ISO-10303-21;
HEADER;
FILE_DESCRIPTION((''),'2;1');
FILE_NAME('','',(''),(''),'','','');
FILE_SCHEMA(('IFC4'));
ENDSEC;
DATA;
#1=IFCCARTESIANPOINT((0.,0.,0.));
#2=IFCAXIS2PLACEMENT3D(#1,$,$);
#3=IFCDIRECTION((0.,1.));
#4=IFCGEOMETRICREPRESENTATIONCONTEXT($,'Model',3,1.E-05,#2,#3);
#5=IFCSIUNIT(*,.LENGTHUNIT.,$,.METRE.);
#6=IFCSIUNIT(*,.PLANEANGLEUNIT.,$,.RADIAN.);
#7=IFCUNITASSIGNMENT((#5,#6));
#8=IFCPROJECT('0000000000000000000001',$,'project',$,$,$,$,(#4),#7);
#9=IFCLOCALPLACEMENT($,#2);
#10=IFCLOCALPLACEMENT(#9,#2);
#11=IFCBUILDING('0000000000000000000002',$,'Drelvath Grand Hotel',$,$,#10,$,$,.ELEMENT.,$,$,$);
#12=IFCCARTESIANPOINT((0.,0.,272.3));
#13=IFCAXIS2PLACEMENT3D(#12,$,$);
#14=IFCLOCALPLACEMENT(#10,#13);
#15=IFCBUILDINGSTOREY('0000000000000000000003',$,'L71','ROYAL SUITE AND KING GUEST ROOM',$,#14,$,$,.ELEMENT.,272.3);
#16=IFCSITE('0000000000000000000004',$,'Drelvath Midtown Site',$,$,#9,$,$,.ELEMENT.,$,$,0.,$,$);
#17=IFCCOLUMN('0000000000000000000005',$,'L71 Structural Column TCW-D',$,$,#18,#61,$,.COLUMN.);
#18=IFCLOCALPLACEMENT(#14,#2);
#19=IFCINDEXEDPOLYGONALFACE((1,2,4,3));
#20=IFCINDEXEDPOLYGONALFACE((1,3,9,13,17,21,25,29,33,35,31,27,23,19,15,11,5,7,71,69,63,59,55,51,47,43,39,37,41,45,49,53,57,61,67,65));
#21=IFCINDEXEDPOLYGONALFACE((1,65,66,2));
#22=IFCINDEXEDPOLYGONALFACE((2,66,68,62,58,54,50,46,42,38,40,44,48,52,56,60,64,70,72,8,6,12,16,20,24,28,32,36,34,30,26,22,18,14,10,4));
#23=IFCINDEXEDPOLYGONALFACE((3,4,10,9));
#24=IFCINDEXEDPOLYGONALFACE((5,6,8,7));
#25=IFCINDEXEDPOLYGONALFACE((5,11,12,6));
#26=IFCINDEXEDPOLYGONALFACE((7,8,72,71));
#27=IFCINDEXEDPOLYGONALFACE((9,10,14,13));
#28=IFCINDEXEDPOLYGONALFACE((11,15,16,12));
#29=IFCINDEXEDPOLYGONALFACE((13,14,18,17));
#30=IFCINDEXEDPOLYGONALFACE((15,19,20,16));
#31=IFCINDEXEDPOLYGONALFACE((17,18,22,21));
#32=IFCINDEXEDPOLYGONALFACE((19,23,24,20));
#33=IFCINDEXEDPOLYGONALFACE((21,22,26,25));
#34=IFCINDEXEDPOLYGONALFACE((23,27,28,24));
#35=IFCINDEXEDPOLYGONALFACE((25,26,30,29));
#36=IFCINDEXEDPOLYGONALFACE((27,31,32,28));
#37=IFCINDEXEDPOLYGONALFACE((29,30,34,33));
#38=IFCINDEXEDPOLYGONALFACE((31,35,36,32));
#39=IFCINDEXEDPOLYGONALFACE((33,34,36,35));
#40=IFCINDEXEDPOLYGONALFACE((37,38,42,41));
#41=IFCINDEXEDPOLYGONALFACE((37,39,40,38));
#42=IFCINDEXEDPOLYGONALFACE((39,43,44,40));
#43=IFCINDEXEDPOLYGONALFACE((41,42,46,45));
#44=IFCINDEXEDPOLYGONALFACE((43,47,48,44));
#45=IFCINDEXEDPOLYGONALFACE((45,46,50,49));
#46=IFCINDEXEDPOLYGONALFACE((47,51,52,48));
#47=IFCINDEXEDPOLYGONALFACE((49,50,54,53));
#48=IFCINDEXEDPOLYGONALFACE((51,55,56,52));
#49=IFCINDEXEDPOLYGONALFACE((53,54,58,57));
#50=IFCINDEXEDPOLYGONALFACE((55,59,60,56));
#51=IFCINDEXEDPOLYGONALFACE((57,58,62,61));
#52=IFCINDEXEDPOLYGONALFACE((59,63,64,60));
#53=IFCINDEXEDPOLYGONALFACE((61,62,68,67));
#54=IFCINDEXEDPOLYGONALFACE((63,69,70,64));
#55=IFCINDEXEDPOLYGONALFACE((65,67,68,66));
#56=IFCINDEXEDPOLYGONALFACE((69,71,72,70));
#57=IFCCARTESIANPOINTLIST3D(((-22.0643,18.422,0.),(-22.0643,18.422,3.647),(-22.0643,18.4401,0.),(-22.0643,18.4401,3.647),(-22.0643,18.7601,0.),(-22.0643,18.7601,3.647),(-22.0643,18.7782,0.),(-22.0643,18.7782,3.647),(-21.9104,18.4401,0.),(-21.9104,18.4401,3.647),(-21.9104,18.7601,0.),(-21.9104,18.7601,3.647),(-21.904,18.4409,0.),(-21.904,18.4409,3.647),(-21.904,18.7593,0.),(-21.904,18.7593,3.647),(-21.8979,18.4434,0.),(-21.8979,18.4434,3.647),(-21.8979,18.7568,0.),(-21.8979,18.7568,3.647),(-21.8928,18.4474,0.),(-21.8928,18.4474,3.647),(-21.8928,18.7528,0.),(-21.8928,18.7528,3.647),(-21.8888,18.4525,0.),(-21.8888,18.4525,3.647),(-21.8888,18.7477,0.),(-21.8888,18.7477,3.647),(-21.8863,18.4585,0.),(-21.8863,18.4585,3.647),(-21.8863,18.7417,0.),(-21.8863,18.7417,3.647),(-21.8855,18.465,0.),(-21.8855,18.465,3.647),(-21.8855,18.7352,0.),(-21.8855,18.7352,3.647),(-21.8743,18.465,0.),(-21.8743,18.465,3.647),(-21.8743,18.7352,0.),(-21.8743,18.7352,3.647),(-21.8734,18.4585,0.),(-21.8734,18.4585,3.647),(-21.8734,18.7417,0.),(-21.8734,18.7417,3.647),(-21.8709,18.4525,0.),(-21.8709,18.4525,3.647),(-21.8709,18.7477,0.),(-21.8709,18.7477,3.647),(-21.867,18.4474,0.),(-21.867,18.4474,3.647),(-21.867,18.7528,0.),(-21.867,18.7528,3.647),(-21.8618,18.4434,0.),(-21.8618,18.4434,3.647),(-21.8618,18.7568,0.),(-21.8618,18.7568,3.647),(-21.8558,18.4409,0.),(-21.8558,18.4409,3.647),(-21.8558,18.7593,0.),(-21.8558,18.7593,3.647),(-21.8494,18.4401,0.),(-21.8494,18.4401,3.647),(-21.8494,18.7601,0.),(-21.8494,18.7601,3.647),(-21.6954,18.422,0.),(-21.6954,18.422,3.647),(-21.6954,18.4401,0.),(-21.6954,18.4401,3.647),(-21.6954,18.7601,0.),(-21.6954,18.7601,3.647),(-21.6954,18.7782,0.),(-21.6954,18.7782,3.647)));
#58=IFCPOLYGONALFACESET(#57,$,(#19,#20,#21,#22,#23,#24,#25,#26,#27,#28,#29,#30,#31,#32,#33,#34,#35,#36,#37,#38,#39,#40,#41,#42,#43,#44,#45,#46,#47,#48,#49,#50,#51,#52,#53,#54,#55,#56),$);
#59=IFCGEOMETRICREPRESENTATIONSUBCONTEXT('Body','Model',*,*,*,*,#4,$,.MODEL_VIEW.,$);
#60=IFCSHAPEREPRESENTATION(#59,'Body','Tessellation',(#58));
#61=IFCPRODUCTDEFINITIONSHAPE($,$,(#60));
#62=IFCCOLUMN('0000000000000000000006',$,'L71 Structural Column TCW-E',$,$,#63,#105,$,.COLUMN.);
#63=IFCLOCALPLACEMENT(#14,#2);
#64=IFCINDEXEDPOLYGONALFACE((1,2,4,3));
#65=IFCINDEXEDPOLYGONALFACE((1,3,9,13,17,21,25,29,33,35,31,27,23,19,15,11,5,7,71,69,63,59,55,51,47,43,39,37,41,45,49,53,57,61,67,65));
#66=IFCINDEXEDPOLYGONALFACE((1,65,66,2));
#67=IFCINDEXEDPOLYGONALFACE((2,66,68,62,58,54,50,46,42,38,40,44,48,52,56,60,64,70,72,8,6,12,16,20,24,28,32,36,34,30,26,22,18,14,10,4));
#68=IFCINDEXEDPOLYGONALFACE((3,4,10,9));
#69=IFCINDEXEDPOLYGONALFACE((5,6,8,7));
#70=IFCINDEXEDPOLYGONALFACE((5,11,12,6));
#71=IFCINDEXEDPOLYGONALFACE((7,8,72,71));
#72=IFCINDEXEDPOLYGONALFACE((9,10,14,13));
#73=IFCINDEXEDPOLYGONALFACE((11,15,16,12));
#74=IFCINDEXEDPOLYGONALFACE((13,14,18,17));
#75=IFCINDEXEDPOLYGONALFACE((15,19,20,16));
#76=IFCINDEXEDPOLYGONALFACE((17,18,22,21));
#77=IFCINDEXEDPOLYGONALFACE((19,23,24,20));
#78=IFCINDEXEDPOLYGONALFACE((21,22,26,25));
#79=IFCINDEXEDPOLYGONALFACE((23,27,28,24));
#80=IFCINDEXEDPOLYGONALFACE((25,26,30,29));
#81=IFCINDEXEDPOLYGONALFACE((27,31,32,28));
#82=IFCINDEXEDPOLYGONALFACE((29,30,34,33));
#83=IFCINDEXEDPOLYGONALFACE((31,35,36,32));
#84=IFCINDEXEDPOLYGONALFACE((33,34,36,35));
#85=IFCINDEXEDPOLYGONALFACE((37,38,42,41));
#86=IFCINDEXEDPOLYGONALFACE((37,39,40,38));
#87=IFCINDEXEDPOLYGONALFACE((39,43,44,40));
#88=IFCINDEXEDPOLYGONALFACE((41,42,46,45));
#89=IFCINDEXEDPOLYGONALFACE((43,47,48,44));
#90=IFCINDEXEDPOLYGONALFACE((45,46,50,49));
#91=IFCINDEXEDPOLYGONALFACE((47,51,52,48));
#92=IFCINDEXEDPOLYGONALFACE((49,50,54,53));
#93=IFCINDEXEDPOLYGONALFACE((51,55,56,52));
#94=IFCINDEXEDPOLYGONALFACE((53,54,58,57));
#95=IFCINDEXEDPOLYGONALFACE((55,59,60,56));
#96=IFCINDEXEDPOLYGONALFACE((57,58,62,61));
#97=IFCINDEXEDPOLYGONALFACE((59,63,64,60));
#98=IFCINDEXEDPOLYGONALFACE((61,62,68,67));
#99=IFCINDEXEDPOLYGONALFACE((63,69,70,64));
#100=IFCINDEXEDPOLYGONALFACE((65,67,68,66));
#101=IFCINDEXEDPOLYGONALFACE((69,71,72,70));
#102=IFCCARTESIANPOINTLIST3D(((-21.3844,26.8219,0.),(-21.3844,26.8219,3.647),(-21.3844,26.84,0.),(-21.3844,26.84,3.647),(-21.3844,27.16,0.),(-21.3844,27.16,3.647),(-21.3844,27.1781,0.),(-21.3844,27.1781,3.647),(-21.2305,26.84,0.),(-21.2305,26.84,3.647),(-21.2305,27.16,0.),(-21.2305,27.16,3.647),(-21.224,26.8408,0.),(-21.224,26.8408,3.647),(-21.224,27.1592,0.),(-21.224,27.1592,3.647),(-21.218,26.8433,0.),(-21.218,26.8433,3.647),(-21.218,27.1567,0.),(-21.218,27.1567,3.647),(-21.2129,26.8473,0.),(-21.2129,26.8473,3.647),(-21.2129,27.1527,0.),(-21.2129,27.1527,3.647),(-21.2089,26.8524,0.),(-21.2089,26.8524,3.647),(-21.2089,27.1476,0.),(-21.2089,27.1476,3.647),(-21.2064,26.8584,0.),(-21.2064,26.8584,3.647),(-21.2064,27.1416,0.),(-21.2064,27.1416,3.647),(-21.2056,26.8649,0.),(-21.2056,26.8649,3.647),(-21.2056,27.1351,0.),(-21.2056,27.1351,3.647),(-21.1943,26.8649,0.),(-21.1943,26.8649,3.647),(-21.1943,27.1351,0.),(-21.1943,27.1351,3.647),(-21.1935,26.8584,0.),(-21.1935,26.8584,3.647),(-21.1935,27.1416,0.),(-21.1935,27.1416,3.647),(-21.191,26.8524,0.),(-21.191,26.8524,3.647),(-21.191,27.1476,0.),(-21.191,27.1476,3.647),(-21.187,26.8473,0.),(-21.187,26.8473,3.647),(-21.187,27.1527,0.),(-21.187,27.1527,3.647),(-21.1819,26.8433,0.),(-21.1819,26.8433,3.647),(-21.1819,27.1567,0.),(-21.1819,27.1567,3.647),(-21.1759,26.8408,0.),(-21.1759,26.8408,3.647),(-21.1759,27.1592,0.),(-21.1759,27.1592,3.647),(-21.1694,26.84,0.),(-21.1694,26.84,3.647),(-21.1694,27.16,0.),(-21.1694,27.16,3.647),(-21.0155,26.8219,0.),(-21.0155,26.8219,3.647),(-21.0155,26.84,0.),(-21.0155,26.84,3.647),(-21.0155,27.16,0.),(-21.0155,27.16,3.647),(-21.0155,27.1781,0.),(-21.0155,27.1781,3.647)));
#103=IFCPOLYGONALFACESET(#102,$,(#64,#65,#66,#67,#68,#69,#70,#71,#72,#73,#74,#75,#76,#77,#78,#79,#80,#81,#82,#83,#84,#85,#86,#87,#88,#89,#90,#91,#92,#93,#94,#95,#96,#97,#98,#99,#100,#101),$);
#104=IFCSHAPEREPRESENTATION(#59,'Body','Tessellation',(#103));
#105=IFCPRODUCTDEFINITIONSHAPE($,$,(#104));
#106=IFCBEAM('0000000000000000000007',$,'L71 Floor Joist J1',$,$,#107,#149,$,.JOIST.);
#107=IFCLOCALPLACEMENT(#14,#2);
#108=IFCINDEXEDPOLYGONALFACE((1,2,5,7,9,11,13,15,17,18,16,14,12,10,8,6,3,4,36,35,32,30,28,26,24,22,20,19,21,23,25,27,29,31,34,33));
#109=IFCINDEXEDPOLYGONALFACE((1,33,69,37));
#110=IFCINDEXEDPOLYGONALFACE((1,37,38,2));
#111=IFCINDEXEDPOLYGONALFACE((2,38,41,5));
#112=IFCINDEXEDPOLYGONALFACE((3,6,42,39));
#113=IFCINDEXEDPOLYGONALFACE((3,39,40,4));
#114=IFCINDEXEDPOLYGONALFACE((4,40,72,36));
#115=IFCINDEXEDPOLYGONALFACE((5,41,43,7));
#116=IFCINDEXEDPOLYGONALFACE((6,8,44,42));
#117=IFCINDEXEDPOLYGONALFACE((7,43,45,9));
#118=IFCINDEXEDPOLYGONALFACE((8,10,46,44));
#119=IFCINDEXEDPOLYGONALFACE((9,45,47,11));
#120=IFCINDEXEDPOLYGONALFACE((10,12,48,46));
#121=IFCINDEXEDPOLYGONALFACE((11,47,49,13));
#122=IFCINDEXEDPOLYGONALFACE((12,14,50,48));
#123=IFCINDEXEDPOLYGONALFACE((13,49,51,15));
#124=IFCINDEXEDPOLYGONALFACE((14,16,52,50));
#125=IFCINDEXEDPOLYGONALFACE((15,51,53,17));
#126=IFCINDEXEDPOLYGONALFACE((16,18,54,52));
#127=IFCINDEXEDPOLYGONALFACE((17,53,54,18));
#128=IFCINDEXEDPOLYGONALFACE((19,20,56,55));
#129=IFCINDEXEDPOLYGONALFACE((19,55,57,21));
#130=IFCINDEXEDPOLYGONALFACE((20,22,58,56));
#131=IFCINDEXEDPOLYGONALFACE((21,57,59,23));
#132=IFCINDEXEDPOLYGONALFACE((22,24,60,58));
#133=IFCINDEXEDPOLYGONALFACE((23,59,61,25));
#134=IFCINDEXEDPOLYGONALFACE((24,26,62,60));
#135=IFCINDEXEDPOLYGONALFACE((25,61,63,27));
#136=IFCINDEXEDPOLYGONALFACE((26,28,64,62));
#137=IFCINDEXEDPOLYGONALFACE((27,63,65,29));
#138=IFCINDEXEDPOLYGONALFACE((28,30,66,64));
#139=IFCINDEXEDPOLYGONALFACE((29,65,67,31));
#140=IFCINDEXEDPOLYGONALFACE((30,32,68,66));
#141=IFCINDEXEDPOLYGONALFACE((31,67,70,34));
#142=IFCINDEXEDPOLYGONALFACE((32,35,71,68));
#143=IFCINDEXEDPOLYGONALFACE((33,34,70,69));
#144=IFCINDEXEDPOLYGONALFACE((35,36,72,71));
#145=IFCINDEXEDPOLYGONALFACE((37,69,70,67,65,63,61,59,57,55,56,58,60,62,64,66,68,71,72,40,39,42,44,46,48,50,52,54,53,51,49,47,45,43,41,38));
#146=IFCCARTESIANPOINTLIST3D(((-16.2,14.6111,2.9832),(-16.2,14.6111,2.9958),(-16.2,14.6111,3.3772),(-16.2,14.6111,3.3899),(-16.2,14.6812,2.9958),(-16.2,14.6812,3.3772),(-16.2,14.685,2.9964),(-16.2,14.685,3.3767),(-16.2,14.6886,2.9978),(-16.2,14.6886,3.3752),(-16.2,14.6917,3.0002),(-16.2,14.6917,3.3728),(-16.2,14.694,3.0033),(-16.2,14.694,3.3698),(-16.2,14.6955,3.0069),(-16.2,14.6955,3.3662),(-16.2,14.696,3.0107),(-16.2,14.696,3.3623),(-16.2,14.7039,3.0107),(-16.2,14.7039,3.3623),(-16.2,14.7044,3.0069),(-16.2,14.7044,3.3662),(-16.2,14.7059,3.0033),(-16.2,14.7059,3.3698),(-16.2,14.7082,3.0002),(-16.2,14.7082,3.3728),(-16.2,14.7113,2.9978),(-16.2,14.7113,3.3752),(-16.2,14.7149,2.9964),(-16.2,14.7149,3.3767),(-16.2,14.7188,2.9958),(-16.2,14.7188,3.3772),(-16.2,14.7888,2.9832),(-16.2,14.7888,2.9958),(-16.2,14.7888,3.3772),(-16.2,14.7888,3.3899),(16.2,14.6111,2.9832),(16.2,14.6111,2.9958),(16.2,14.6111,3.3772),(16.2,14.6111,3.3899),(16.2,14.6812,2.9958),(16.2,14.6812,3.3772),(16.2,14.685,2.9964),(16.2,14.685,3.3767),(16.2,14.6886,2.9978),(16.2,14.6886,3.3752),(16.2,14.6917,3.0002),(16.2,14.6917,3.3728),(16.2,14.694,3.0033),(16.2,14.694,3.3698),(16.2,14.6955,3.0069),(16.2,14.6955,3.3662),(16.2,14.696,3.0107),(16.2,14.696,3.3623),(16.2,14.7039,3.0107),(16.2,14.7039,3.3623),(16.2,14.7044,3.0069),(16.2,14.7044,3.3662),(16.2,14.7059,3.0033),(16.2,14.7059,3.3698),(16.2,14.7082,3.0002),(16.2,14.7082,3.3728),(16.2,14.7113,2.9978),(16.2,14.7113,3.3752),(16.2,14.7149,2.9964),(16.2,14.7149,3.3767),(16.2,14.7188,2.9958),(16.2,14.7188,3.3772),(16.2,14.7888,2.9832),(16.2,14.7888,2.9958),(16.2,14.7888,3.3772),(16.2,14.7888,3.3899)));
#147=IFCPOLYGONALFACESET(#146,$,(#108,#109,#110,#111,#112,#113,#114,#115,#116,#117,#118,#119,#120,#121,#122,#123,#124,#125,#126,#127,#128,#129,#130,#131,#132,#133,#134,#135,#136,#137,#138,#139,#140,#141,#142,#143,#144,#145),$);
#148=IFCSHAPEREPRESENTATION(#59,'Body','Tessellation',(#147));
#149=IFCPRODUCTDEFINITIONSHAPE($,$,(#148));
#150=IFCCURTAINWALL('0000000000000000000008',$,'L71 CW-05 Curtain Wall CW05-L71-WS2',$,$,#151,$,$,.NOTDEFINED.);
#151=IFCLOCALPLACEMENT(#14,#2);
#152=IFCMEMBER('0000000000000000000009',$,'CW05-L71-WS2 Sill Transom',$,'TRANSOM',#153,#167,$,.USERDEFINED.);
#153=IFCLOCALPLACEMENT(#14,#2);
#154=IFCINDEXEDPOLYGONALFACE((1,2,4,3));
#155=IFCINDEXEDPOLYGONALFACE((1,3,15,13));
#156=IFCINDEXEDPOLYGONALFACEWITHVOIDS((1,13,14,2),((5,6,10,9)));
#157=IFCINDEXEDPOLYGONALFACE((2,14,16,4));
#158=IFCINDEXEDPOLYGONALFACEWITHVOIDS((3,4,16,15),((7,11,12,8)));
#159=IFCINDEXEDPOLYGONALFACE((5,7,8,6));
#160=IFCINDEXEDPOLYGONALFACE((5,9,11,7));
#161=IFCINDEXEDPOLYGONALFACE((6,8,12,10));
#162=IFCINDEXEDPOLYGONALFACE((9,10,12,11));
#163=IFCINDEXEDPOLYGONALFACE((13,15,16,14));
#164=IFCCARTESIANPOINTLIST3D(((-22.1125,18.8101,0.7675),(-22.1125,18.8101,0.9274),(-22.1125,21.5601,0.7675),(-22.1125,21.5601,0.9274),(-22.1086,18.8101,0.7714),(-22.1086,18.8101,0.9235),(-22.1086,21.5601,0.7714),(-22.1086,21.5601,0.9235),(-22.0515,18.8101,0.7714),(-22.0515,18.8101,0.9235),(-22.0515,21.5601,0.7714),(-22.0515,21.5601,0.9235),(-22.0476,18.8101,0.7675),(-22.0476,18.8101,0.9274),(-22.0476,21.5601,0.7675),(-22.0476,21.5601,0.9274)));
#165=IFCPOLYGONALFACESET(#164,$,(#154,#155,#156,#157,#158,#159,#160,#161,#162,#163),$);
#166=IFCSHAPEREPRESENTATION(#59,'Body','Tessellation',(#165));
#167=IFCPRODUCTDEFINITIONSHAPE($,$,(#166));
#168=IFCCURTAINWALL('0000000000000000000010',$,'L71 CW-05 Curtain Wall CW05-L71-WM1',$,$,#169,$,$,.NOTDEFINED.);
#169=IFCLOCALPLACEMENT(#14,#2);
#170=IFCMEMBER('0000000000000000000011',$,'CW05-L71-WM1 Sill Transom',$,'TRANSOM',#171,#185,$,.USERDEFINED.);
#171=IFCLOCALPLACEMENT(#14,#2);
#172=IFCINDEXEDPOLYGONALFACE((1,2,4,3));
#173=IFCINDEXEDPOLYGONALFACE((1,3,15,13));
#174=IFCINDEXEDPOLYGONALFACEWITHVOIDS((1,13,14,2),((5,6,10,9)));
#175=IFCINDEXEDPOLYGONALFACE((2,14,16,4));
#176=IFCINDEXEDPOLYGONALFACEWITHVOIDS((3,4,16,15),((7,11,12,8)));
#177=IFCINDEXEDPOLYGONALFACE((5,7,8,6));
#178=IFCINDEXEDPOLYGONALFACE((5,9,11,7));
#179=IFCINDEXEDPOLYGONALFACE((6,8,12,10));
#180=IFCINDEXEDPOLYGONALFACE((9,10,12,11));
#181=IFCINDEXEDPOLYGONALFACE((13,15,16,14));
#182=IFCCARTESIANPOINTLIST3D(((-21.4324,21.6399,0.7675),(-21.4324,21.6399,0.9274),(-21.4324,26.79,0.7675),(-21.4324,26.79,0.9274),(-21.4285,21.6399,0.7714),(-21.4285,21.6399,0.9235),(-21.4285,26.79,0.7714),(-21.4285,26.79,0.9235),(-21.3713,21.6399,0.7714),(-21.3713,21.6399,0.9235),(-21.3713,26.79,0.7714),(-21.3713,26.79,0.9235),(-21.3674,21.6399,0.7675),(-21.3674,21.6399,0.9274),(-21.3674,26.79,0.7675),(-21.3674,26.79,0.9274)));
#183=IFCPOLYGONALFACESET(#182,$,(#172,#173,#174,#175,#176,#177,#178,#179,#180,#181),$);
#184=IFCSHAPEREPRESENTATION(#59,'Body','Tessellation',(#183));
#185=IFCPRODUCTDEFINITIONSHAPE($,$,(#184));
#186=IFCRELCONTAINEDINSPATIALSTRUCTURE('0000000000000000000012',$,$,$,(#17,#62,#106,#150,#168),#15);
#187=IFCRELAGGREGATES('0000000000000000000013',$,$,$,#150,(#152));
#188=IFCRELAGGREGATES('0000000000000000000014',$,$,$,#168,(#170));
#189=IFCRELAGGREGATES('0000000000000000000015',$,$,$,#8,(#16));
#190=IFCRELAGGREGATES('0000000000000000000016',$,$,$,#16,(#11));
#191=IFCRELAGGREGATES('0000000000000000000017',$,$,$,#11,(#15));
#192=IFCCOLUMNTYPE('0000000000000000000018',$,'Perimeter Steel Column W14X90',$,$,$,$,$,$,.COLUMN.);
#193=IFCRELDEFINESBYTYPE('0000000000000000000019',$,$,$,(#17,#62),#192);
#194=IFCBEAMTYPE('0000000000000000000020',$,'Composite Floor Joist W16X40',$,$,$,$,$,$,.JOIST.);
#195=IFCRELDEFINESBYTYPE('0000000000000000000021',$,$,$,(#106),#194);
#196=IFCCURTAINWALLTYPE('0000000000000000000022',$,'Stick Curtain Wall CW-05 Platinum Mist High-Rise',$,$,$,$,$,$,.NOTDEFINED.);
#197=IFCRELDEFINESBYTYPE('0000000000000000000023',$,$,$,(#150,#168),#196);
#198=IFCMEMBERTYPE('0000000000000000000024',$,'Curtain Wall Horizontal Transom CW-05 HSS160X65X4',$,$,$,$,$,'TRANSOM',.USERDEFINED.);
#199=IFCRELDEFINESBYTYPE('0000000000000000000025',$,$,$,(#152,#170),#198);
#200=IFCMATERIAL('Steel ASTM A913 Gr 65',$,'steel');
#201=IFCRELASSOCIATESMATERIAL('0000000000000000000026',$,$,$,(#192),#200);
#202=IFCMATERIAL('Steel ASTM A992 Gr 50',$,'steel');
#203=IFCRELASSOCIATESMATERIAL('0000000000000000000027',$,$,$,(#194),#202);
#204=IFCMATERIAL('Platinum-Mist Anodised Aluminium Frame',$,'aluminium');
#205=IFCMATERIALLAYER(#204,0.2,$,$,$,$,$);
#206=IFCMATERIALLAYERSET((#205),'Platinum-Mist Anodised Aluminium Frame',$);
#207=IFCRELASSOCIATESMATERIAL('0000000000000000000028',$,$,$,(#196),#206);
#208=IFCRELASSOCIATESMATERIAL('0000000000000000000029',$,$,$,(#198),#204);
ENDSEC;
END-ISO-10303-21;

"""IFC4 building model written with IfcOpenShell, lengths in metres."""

from ifc_helpers import new_model, si_unit, direction, frame, origin, origin_2d, place, context, subcontext, project, spatial, hollow_rectangle, i_section, extrude, material, layer, layer_set, material_profile, profile_set, type_object, element, aggregate, save


model = new_model("IFC4")

# Units and contexts
model_context = context("Model", 3, precision=1e-05, world=origin(), true_north=direction((0.0, 1.0)))
body_context = subcontext(model_context, "Body", "Model", "MODEL_VIEW")
ifc_project = project(units=[si_unit("LENGTHUNIT", "METRE"), si_unit("PLANEANGLEUNIT", "RADIAN")], contexts=[model_context])

# Site, building, storey
site_placement = place(None, origin())
site = spatial("IfcSite", under=ifc_project, at=site_placement, Name="Drelvath Midtown Site", CompositionType="ELEMENT", RefElevation=0.0)
building_placement = place(site_placement, origin())
building = spatial("IfcBuilding", under=site, at=building_placement, Name="Drelvath Grand Hotel", CompositionType="ELEMENT")
storey_placement = place(building_placement, frame((0.0, 0.0, 272.3)))
storey = spatial("IfcBuildingStorey", under=building, at=storey_placement, Name="L71", Description="ROYAL SUITE AND KING GUEST ROOM", CompositionType="ELEMENT", Elevation=272.3)

# Columns
ifc_material_1 = material(Name="Steel ASTM A913 Gr 65", Category="steel")
ifc_material_profile_1 = material_profile(ifc_material_1, i_section(OverallWidth=0.3689, OverallDepth=0.3562, WebThickness=0.0112, FlangeThickness=0.0181, FilletRadius=0.0249, at=origin_2d()), Name="W14X90")
ifc_profile_set_1 = profile_set([ifc_material_profile_1], Name="Steel ASTM A913 Gr 65")
column_type = type_object("IfcColumnType", Name="Perimeter Steel Column W14X90", PredefinedType="COLUMN", material=ifc_profile_set_1)
for number, where, z_axis, x_axis, name in (
    (1, (-21.8799, 18.6001, 0.0), (0.0, 0.0, 1.0), (1.0, 0.0, 0.0), "L71 Structural Column TCW-D"),
    (2, (-21.2, 27.0, 0.0), (0.0, 0.0, 1.0), (1.0, 0.0, 0.0), "L71 Structural Column TCW-E"),
):
    element("IfcColumn", number, at=place(storey_placement, frame(where, z_axis=z_axis, x_axis=x_axis)), inside=storey, type_object=column_type, Name=name, PredefinedType="COLUMN", context=body_context, shape_type="SweptSolid", body=[
        extrude(i_section(OverallWidth=0.3689, OverallDepth=0.3562, WebThickness=0.0112, FlangeThickness=0.0181, FilletRadius=0.0249, at=origin_2d()), origin(), (0.0, 0.0, 1.0), 3.647),
    ])

# Beam
ifc_material_2 = material(Name="Steel ASTM A992 Gr 50", Category="steel")
ifc_material_profile_2 = material_profile(ifc_material_2, i_section(OverallWidth=0.1777, OverallDepth=0.4067, WebThickness=0.0078, FlangeThickness=0.0127, FilletRadius=0.0149, at=origin_2d()), Name="W16X40")
ifc_profile_set_2 = profile_set([ifc_material_profile_2], Name="Steel ASTM A992 Gr 50")
beam_type_1 = type_object("IfcBeamType", Name="Composite Floor Joist W16X40", PredefinedType="JOIST", material=ifc_profile_set_2)
beam_1_placement = place(storey_placement, frame((-16.2, 14.7, 3.1865), z_axis=(1.0, 0.0, 0.0), x_axis=(0.0, 1.0, 0.0)))
element("IfcBeam", 3, at=beam_1_placement, inside=storey, type_object=beam_type_1, Name="L71 Floor Joist J1", PredefinedType="JOIST", context=body_context, shape_type="SweptSolid", body=[
    extrude(i_section(OverallWidth=0.1777, OverallDepth=0.4067, WebThickness=0.0078, FlangeThickness=0.0127, FilletRadius=0.0149, at=origin_2d()), origin(), (0.0, 0.0, 1.0), 32.3999),
])

# Curtain walls, members
ifc_material_3 = material(Name="Platinum-Mist Anodised Aluminium Frame", Category="aluminium")
ifc_layer_1 = layer(ifc_material_3, 0.2)
ifc_layer_set_1 = layer_set([ifc_layer_1], Name="Platinum-Mist Anodised Aluminium Frame")
curtain_wall_type = type_object("IfcCurtainWallType", Name="Stick Curtain Wall CW-05 Platinum Mist High-Rise", PredefinedType="NOTDEFINED", material=ifc_layer_set_1)
curtain_wall_1_placement = place(storey_placement, origin())
curtain_wall_1 = element("IfcCurtainWall", 4, at=curtain_wall_1_placement, inside=storey, type_object=curtain_wall_type, Name="L71 CW-05 Curtain Wall CW05-L71-WS2", PredefinedType="NOTDEFINED")
ifc_material_profile_3 = material_profile(ifc_material_3, hollow_rectangle(XDim=0.0649, YDim=0.1599, WallThickness=0.0039, at=origin_2d()), Name="HSS160X65X4")
ifc_profile_set_3 = profile_set([ifc_material_profile_3], Name="Platinum-Mist Anodised Aluminium Frame")
member_type_1 = type_object("IfcMemberType", Name="Curtain Wall Horizontal Transom CW-05 HSS160X65X4", ElementType="TRANSOM", PredefinedType="USERDEFINED", material=ifc_profile_set_3)
member_1_placement = place(storey_placement, frame((-22.0801, 18.8101, 0.8474), z_axis=(0.0, 1.0, 0.0), x_axis=(-1.0, 0.0, 0.0)))
member_1 = element("IfcMember", 5, at=member_1_placement, type_object=member_type_1, Name="CW05-L71-WS2 Sill Transom", ObjectType="TRANSOM", PredefinedType="USERDEFINED", context=body_context, shape_type="SweptSolid", body=[
    extrude(hollow_rectangle(XDim=0.0649, YDim=0.1599, WallThickness=0.0039, at=origin_2d()), origin(), (0.0, 0.0, 1.0), 2.75),
])
curtain_wall_2_placement = place(storey_placement, origin())
curtain_wall_2 = element("IfcCurtainWall", 6, at=curtain_wall_2_placement, inside=storey, type_object=curtain_wall_type, Name="L71 CW-05 Curtain Wall CW05-L71-WM1", PredefinedType="NOTDEFINED")
member_2_placement = place(storey_placement, frame((-21.3999, 21.6399, 0.8474), z_axis=(0.0, 1.0, 0.0), x_axis=(-1.0, 0.0, 0.0)))
member_2 = element("IfcMember", 7, at=member_2_placement, type_object=member_type_1, Name="CW05-L71-WM1 Sill Transom", ObjectType="TRANSOM", PredefinedType="USERDEFINED", context=body_context, shape_type="SweptSolid", body=[
    extrude(hollow_rectangle(XDim=0.0649, YDim=0.1599, WallThickness=0.0039, at=origin_2d()), origin(), (0.0, 0.0, 1.0), 5.1501),
])

aggregate(curtain_wall_1, [member_1])
aggregate(curtain_wall_2, [member_2])

save(model, "model.ifc")
